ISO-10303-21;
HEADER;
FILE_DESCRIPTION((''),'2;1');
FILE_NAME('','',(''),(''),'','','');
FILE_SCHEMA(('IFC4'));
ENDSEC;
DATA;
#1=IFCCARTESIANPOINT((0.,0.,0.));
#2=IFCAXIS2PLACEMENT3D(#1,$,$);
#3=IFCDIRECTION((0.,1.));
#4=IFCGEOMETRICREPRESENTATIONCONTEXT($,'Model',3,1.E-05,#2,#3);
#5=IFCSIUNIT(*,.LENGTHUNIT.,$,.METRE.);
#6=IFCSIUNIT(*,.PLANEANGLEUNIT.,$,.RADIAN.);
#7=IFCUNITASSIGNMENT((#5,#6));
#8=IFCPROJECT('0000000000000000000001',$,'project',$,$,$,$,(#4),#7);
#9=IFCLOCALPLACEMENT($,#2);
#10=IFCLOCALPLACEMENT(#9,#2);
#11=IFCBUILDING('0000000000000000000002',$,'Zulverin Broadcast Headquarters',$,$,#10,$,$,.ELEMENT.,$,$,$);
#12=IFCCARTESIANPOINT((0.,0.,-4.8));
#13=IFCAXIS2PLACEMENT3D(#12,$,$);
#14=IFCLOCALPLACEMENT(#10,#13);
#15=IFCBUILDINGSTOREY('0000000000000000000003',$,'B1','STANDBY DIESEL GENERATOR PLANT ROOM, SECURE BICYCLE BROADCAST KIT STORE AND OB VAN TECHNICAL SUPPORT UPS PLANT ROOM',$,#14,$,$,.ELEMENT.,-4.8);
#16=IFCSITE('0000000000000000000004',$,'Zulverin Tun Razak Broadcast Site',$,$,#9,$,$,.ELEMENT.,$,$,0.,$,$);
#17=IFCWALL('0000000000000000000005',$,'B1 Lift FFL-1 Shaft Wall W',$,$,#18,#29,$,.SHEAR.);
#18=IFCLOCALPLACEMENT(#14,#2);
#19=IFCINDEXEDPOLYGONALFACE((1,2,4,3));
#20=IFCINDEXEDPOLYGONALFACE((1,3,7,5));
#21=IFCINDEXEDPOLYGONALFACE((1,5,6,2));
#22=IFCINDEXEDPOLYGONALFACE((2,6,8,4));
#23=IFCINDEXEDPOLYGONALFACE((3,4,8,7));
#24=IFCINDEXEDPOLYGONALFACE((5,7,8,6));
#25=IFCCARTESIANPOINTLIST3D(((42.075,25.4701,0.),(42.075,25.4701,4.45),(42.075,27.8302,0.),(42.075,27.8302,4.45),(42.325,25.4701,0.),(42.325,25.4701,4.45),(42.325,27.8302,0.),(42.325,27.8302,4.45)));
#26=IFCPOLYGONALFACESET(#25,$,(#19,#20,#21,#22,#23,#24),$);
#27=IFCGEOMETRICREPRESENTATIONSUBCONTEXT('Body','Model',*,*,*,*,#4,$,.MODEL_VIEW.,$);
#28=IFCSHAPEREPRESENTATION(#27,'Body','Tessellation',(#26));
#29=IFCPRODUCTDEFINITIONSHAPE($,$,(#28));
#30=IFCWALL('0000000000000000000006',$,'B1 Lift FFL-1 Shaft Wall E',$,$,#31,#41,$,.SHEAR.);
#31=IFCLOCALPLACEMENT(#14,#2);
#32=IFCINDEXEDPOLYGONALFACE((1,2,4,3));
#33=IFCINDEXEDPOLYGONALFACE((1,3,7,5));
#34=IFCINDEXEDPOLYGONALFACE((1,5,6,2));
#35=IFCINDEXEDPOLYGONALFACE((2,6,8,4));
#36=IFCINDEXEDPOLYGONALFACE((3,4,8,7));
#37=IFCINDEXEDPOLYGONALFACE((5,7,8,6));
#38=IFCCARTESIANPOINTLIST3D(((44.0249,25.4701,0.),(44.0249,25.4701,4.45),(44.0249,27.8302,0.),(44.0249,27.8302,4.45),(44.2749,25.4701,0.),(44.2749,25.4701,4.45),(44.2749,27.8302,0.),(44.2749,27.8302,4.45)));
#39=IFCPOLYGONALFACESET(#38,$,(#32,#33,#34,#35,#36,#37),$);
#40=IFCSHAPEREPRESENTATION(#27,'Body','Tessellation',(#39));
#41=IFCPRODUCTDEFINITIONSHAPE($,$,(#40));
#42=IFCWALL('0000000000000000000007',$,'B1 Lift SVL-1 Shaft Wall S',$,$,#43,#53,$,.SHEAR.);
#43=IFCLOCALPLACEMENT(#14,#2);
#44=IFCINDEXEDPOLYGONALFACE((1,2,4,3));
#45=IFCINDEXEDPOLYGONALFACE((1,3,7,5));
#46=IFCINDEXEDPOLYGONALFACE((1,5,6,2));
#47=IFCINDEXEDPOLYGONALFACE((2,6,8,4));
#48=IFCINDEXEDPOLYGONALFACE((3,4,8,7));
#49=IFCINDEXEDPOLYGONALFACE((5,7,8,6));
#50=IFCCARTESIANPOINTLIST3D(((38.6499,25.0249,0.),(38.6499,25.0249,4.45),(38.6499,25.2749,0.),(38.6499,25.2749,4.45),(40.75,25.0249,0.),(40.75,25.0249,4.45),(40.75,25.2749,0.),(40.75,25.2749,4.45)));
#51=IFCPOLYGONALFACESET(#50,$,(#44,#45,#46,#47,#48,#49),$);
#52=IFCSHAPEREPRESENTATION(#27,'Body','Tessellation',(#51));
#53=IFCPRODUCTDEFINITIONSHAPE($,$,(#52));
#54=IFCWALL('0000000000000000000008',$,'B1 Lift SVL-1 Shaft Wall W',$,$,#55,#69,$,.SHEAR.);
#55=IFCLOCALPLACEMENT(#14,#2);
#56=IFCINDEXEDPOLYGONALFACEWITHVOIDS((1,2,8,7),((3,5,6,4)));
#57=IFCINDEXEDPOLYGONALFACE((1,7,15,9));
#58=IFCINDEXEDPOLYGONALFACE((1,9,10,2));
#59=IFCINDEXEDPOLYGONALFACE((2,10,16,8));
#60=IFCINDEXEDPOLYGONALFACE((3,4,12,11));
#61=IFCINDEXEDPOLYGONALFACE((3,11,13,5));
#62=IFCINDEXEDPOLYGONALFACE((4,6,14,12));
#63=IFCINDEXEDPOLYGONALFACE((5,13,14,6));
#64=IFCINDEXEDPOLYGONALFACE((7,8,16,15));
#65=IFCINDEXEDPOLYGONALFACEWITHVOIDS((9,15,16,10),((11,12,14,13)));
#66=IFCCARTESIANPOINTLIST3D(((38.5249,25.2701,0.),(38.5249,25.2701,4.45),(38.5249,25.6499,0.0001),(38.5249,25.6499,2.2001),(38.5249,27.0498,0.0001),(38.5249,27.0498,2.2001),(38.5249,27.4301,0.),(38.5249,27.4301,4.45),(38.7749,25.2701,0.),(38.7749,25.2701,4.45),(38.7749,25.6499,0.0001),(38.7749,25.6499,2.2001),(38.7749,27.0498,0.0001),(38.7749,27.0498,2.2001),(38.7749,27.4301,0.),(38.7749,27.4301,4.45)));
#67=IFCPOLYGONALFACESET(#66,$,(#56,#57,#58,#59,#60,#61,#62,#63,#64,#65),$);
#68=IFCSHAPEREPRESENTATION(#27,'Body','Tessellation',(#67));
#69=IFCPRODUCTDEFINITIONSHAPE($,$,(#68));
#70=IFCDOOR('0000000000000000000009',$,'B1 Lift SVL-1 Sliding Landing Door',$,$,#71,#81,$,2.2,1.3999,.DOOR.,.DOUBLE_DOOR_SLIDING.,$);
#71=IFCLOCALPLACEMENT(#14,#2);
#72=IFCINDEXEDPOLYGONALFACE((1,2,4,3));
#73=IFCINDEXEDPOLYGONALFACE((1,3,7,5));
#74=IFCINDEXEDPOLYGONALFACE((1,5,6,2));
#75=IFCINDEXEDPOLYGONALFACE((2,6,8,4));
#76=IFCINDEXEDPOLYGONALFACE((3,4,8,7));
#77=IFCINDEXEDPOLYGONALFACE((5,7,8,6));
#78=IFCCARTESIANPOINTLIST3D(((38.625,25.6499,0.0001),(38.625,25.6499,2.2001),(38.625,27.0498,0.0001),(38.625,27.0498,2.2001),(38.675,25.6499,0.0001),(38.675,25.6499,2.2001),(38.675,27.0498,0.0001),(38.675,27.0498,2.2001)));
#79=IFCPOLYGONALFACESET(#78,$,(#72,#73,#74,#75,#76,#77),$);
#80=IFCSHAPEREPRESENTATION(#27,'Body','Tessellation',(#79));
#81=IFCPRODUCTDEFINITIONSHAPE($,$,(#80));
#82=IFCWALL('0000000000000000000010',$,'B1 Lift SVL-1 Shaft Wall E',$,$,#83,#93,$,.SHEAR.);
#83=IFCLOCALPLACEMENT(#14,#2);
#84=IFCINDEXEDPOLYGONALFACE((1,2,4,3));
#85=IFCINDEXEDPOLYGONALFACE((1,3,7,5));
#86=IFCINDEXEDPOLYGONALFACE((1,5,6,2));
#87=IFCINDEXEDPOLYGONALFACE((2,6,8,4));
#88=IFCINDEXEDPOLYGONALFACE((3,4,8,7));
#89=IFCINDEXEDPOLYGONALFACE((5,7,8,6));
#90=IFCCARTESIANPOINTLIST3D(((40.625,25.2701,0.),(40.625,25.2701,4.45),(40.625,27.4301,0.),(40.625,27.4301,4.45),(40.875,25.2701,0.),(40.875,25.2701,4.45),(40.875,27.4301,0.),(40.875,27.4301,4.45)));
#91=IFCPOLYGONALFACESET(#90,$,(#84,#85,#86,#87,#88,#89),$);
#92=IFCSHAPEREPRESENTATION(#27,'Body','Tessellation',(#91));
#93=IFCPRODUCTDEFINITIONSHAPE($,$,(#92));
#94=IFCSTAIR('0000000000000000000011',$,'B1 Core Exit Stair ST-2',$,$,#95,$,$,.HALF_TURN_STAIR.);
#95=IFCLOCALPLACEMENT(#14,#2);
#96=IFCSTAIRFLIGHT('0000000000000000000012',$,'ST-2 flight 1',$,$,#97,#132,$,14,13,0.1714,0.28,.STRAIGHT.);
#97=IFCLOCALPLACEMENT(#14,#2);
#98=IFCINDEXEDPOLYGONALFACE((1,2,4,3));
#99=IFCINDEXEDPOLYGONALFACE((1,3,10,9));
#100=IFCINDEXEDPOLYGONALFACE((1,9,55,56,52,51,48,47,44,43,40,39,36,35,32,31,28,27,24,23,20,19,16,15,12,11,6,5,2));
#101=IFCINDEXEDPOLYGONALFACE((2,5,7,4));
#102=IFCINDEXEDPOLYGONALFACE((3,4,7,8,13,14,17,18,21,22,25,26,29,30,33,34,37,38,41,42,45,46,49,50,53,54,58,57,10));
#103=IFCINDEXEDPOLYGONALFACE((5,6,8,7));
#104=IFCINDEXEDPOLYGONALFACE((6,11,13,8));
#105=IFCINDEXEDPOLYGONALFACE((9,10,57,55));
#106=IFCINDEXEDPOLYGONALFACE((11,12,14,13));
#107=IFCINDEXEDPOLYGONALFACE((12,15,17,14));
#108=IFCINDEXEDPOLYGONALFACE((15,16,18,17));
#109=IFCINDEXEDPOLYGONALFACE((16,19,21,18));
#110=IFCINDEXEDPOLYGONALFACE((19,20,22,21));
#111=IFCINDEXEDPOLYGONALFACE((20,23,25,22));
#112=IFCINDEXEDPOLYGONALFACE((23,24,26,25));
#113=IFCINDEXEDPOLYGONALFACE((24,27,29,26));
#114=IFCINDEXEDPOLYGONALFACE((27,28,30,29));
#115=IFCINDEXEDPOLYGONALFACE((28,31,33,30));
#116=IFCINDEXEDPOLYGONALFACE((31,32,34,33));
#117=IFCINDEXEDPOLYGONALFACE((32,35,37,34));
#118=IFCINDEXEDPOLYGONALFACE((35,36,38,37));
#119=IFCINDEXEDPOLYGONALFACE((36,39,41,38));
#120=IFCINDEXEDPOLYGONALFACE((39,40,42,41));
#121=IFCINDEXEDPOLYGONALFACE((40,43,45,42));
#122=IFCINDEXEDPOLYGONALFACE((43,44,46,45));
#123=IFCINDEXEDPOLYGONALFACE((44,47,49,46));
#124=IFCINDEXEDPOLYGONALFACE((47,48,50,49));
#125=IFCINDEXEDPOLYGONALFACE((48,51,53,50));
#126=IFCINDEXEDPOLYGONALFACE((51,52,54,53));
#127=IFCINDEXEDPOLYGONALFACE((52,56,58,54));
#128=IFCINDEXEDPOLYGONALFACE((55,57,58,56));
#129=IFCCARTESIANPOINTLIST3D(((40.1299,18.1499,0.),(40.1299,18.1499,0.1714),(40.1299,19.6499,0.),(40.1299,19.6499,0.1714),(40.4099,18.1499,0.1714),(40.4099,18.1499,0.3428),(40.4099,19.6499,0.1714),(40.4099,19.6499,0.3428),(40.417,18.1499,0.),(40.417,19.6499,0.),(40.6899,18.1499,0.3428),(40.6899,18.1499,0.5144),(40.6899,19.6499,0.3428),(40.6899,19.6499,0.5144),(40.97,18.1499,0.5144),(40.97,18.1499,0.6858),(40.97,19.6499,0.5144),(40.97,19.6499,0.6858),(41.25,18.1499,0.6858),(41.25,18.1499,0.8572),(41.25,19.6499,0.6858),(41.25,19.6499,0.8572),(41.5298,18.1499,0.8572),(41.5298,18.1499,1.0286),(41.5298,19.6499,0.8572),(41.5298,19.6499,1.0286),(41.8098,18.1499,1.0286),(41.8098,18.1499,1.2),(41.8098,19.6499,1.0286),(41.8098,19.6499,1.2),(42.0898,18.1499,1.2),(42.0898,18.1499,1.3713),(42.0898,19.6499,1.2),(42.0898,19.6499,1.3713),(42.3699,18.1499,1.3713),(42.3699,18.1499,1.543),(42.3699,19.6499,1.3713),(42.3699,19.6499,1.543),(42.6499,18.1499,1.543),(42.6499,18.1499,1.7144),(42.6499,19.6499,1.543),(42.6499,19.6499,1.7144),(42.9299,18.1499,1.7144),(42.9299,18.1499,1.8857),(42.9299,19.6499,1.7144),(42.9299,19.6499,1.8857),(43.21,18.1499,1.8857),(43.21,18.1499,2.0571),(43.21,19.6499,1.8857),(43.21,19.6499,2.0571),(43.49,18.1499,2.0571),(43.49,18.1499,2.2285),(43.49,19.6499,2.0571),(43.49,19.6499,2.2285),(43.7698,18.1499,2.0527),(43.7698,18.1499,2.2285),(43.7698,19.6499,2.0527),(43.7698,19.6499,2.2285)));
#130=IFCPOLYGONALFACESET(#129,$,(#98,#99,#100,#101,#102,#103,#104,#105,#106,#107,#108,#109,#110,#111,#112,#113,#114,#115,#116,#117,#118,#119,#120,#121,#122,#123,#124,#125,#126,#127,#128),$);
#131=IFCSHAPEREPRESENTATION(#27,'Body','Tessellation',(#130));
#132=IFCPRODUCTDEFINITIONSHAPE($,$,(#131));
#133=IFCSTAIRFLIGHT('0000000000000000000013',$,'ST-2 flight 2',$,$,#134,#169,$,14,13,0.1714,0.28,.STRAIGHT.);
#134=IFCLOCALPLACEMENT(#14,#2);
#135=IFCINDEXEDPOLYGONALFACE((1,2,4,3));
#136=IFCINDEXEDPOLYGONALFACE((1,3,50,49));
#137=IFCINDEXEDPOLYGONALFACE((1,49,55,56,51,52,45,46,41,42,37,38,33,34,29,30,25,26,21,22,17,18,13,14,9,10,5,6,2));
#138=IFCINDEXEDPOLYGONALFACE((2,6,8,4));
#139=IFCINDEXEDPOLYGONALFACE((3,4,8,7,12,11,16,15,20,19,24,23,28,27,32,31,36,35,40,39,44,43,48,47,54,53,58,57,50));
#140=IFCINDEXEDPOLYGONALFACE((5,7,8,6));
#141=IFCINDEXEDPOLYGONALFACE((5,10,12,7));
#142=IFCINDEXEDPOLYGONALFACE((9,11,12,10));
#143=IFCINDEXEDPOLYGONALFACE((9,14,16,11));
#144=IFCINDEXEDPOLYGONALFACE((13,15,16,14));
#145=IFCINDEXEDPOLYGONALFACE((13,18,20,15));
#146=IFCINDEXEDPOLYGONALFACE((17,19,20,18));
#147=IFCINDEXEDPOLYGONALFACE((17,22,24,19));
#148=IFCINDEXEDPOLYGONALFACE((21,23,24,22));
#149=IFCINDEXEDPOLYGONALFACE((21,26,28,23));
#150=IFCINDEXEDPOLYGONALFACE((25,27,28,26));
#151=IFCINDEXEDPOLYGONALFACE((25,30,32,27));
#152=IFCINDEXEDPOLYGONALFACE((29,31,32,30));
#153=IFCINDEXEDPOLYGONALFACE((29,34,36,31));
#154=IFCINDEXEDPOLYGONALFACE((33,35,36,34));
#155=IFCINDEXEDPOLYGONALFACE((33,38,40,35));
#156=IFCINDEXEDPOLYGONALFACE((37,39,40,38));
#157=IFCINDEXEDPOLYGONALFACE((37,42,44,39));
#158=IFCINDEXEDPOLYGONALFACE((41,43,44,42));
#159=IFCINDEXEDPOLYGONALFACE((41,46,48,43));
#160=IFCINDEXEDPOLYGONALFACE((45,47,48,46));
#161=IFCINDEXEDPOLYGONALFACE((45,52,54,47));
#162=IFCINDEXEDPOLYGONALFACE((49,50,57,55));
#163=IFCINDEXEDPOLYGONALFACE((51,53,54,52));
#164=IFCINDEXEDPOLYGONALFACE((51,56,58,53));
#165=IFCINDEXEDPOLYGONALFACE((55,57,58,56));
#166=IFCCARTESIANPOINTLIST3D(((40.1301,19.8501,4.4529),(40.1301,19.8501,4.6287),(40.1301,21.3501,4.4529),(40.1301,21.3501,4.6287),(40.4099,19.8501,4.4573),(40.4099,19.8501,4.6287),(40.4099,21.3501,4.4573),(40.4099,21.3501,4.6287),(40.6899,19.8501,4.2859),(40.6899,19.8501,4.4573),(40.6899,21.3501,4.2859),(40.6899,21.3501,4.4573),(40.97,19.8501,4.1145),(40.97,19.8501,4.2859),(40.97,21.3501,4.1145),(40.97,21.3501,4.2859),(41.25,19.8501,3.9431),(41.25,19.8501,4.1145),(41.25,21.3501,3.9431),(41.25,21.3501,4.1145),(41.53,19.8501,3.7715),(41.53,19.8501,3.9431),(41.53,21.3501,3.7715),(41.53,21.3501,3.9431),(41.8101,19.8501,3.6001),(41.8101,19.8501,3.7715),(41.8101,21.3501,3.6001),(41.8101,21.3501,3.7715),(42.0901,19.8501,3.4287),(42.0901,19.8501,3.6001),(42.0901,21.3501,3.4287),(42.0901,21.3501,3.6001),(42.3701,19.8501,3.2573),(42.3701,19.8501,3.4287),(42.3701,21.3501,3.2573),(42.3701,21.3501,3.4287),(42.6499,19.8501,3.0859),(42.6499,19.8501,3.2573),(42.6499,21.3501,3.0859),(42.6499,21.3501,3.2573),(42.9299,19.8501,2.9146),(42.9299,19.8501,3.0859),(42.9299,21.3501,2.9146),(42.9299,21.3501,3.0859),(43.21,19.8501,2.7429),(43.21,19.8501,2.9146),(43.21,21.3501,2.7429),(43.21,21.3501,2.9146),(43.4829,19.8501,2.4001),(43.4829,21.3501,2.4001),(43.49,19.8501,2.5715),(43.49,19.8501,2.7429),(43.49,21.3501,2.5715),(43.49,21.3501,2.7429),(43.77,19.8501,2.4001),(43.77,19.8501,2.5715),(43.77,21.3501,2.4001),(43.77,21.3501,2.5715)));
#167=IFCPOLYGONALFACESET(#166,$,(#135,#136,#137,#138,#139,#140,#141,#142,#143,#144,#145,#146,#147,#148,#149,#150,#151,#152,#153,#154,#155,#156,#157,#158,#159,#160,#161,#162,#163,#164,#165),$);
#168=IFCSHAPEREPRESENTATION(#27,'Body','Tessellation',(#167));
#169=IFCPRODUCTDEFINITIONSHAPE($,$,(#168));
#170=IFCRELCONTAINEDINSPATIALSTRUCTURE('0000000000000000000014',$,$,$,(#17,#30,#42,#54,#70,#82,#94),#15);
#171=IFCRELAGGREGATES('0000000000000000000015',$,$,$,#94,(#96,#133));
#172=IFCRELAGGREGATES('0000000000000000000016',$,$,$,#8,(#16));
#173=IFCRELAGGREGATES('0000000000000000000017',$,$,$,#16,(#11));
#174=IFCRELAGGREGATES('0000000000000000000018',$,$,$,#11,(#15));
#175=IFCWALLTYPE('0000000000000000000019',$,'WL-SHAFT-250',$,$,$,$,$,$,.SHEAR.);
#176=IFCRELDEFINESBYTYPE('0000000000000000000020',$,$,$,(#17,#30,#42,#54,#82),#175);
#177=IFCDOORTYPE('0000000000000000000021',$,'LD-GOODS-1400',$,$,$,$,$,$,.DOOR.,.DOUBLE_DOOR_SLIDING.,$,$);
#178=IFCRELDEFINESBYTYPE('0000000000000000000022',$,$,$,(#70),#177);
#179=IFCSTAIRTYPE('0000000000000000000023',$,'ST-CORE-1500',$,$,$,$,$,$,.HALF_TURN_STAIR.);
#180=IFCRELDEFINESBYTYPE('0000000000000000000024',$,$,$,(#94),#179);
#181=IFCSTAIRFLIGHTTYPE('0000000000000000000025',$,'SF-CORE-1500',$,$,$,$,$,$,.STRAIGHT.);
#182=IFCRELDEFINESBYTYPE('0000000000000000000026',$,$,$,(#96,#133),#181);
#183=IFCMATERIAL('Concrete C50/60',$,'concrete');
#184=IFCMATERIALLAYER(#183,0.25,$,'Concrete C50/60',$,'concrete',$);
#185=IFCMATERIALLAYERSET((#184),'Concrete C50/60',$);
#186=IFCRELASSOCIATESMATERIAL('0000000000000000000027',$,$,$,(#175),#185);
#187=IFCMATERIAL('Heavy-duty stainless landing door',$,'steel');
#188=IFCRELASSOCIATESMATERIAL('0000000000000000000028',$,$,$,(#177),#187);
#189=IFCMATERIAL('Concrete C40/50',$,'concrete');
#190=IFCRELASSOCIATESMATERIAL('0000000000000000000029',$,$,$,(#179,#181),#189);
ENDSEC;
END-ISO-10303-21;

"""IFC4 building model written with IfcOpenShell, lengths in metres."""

from ifc_helpers import new_model, si_unit, direction, frame, frame_2d, origin, place, context, subcontext, project, spatial, polyline, rectangle, outline, extrude, material, layer, layer_set, type_object, element, fill, aggregate, save


model = new_model("IFC4")

# Units and contexts
model_context = context("Model", 3, precision=1e-05, world=origin(), true_north=direction((0.0, 1.0)))
body_context = subcontext(model_context, "Body", "Model", "MODEL_VIEW")
ifc_project = project(units=[si_unit("LENGTHUNIT", "METRE"), si_unit("PLANEANGLEUNIT", "RADIAN")], contexts=[model_context])

# Site, building, storey
site_placement = place(None, origin())
site = spatial("IfcSite", under=ifc_project, at=site_placement, Name="Zulverin Tun Razak Broadcast Site", CompositionType="ELEMENT", RefElevation=0.0)
building_placement = place(site_placement, origin())
building = spatial("IfcBuilding", under=site, at=building_placement, Name="Zulverin Broadcast Headquarters", CompositionType="ELEMENT")
storey_placement = place(building_placement, frame((0.0, 0.0, -4.8)))
storey = spatial("IfcBuildingStorey", under=building, at=storey_placement, Name="B1", Description="STANDBY DIESEL GENERATOR PLANT ROOM, SECURE BICYCLE BROADCAST KIT STORE AND OB VAN TECHNICAL SUPPORT UPS PLANT ROOM", CompositionType="ELEMENT", Elevation=-4.8)

# Shared definitions
ifc_material_1 = material(Name="Concrete C40/50", Category="concrete")

# Shared definitions
ifc_material_2 = material(Name="Concrete C50/60", Category="concrete")
ifc_layer_1 = layer(ifc_material_2, 0.25, Name="Concrete C50/60", Category="concrete")
ifc_layer_set_1 = layer_set([ifc_layer_1], Name="Concrete C50/60")
wall_type_1 = type_object("IfcWallType", Name="WL-SHAFT-250", PredefinedType="SHEAR", material=ifc_layer_set_1)

# Walls
for number, where, z_axis, x_axis, name in (
    (1, (42.2, 25.47, 0.0), (0.0, 0.0, 1.0), (0.0, 1.0, 0.0), "B1 Lift FFL-1 Shaft Wall W"),
    (2, (44.1499, 25.47, 0.0), (0.0, 0.0, 1.0), (0.0, 1.0, 0.0), "B1 Lift FFL-1 Shaft Wall E"),
):
    element("IfcWall", number, at=place(storey_placement, frame(where, z_axis=z_axis, x_axis=x_axis)), inside=storey, type_object=wall_type_1, Name=name, PredefinedType="SHEAR", context=body_context, shape_type="SweptSolid", body=[
        extrude(rectangle(XDim=2.3601, YDim=0.25, at=frame_2d((1.1802, 0.0))), origin(), (0.0, 0.0, 1.0), 4.45),
    ])

# Wall
wall_1_placement = place(storey_placement, frame((38.6499, 25.1499, 0.0), z_axis=(0.0, 0.0, 1.0), x_axis=(1.0, 0.0, 0.0)))
element("IfcWall", 3, at=wall_1_placement, inside=storey, type_object=wall_type_1, Name="B1 Lift SVL-1 Shaft Wall S", PredefinedType="SHEAR", context=body_context, shape_type="SweptSolid", body=[
    extrude(rectangle(XDim=2.1001, YDim=0.25, at=frame_2d((1.05, 0.0))), origin(), (0.0, 0.0, 1.0), 4.45),
])

# Wall, opening, door
wall_2_placement = place(storey_placement, frame((38.6499, 25.27, 0.0), z_axis=(0.0, 0.0, 1.0), x_axis=(0.0, 1.0, 0.0)))
wall_2 = element("IfcWall", 4, at=wall_2_placement, inside=storey, type_object=wall_type_1, Name="B1 Lift SVL-1 Shaft Wall W", PredefinedType="SHEAR", context=body_context, shape_type="SweptSolid", body=[
    extrude(rectangle(XDim=2.1599, YDim=0.25, at=frame_2d((1.0801, 0.0))), origin(), (0.0, 0.0, 1.0), 4.45),
])
opening_1_placement = place(wall_2_placement, frame((0.3799, 0.0, 0.0)))
opening_1 = element("IfcOpeningElement", 5, at=opening_1_placement, cuts=wall_2, PredefinedType="OPENING", context=body_context, shape_type="SweptSolid", body=[
    extrude(rectangle(XDim=1.3999, YDim=2.2, at=frame_2d((0.7, 1.1001))), frame((0.0, 0.135, 0.0), z_axis=(0.0, -1.0, 0.0), x_axis=(1.0, 0.0, 0.0)), (0.0, 0.0, 1.0), 0.27),
])
ifc_material_3 = material(Name="Heavy-duty stainless landing door", Category="steel")
door_type_1 = type_object("IfcDoorType", Name="LD-GOODS-1400", OperationType="DOUBLE_DOOR_SLIDING", PredefinedType="DOOR", material=ifc_material_3)
door_1_placement = place(opening_1_placement, origin())
door_1 = element("IfcDoor", 6, at=door_1_placement, inside=storey, type_object=door_type_1, Name="B1 Lift SVL-1 Sliding Landing Door", OperationType="DOUBLE_DOOR_SLIDING", OverallHeight=2.2, OverallWidth=1.3999, PredefinedType="DOOR", context=body_context, shape_type="SweptSolid", body=[
    extrude(rectangle(XDim=1.3999, YDim=2.2, at=frame_2d((0.7, 1.1001))), frame((0.0, 0.0249, 0.0), z_axis=(0.0, -1.0, 0.0), x_axis=(1.0, 0.0, 0.0)), (0.0, 0.0, 1.0), 0.05),
])
fill(opening_1, door_1)

# Wall
wall_3_placement = place(storey_placement, frame((40.75, 25.27, 0.0), z_axis=(0.0, 0.0, 1.0), x_axis=(0.0, 1.0, 0.0)))
element("IfcWall", 7, at=wall_3_placement, inside=storey, type_object=wall_type_1, Name="B1 Lift SVL-1 Shaft Wall E", PredefinedType="SHEAR", context=body_context, shape_type="SweptSolid", body=[
    extrude(rectangle(XDim=2.1599, YDim=0.25, at=frame_2d((1.0801, 0.0))), origin(), (0.0, 0.0, 1.0), 4.45),
])

# Stair, stair flights
stair_type = type_object("IfcStairType", Name="ST-CORE-1500", PredefinedType="HALF_TURN_STAIR", material=ifc_material_1)
stair_placement = place(storey_placement, origin())
stair = element("IfcStair", 8, at=stair_placement, inside=storey, type_object=stair_type, Name="B1 Core Exit Stair ST-2", PredefinedType="HALF_TURN_STAIR")
stair_flight_type = type_object("IfcStairFlightType", Name="SF-CORE-1500", PredefinedType="STRAIGHT", material=ifc_material_1)
stair_flight_1_placement = place(storey_placement, frame((40.1299, 18.8999, 0.0), z_axis=(0.0, 0.0, 1.0), x_axis=(1.0, 0.0, 0.0)))
stair_flight_1 = element("IfcStairFlight", 9, at=stair_flight_1_placement, type_object=stair_flight_type, Name="ST-2 flight 1", NumberOfRisers=14, NumberOfTreads=13, PredefinedType="STRAIGHT", RiserHeight=0.1714, TreadLength=0.28, context=body_context, shape_type="SweptSolid", body=[
    extrude(outline(polyline([(0.0, 0.0), (0.0, 0.1714), (0.28, 0.1714), (0.28, 0.3428), (0.5601, 0.3428), (0.5601, 0.5144), (0.8401, 0.5144), (0.8401, 0.6858), (1.1201, 0.6858), (1.1201, 0.8572), (1.3999, 0.8572), (1.3999, 1.0286), (1.6799, 1.0286), (1.6799, 1.2), (1.96, 1.2), (1.96, 1.3713), (2.24, 1.3713), (2.24, 1.543), (2.52, 1.543), (2.52, 1.7144), (2.8, 1.7144), (2.8, 1.8857), (3.0801, 1.8857), (3.0801, 2.0571), (3.3601, 2.0571), (3.3601, 2.2285), (3.6399, 2.2285), (3.6399, 2.3999), (3.6399, 2.0527), (0.2871, 0.0), (0.0, 0.0)])), frame((0.0, 0.75, 0.0), z_axis=(0.0, -1.0, 0.0), x_axis=(1.0, 0.0, 0.0)), (0.0, 0.0, 1.0), 1.5),
])
stair_flight_2_placement = place(storey_placement, frame((43.77, 20.6001, 2.4001), z_axis=(0.0, 0.0, 1.0), x_axis=(-1.0, 0.0, 0.0)))
stair_flight_2 = element("IfcStairFlight", 10, at=stair_flight_2_placement, type_object=stair_flight_type, Name="ST-2 flight 2", NumberOfRisers=14, NumberOfTreads=13, PredefinedType="STRAIGHT", RiserHeight=0.1714, TreadLength=0.28, context=body_context, shape_type="SweptSolid", body=[
    extrude(outline(polyline([(0.0, 0.0), (0.0, 0.1714), (0.28, 0.1714), (0.28, 0.3428), (0.5601, 0.3428), (0.5601, 0.5144), (0.8401, 0.5144), (0.8401, 0.6858), (1.1201, 0.6858), (1.1201, 0.8572), (1.3999, 0.8572), (1.3999, 1.0286), (1.6799, 1.0286), (1.6799, 1.2), (1.96, 1.2), (1.96, 1.3713), (2.24, 1.3713), (2.24, 1.543), (2.52, 1.543), (2.52, 1.7144), (2.8, 1.7144), (2.8, 1.8857), (3.0801, 1.8857), (3.0801, 2.0571), (3.3601, 2.0571), (3.3601, 2.2285), (3.6399, 2.2285), (3.6399, 2.3999), (3.6399, 2.0527), (0.2871, 0.0), (0.0, 0.0)])), frame((0.0, 0.75, 0.0), z_axis=(0.0, -1.0, 0.0), x_axis=(1.0, 0.0, 0.0)), (0.0, 0.0, 1.0), 1.5),
])
aggregate(stair, [stair_flight_1, stair_flight_2])

save(model, "model.ifc")
